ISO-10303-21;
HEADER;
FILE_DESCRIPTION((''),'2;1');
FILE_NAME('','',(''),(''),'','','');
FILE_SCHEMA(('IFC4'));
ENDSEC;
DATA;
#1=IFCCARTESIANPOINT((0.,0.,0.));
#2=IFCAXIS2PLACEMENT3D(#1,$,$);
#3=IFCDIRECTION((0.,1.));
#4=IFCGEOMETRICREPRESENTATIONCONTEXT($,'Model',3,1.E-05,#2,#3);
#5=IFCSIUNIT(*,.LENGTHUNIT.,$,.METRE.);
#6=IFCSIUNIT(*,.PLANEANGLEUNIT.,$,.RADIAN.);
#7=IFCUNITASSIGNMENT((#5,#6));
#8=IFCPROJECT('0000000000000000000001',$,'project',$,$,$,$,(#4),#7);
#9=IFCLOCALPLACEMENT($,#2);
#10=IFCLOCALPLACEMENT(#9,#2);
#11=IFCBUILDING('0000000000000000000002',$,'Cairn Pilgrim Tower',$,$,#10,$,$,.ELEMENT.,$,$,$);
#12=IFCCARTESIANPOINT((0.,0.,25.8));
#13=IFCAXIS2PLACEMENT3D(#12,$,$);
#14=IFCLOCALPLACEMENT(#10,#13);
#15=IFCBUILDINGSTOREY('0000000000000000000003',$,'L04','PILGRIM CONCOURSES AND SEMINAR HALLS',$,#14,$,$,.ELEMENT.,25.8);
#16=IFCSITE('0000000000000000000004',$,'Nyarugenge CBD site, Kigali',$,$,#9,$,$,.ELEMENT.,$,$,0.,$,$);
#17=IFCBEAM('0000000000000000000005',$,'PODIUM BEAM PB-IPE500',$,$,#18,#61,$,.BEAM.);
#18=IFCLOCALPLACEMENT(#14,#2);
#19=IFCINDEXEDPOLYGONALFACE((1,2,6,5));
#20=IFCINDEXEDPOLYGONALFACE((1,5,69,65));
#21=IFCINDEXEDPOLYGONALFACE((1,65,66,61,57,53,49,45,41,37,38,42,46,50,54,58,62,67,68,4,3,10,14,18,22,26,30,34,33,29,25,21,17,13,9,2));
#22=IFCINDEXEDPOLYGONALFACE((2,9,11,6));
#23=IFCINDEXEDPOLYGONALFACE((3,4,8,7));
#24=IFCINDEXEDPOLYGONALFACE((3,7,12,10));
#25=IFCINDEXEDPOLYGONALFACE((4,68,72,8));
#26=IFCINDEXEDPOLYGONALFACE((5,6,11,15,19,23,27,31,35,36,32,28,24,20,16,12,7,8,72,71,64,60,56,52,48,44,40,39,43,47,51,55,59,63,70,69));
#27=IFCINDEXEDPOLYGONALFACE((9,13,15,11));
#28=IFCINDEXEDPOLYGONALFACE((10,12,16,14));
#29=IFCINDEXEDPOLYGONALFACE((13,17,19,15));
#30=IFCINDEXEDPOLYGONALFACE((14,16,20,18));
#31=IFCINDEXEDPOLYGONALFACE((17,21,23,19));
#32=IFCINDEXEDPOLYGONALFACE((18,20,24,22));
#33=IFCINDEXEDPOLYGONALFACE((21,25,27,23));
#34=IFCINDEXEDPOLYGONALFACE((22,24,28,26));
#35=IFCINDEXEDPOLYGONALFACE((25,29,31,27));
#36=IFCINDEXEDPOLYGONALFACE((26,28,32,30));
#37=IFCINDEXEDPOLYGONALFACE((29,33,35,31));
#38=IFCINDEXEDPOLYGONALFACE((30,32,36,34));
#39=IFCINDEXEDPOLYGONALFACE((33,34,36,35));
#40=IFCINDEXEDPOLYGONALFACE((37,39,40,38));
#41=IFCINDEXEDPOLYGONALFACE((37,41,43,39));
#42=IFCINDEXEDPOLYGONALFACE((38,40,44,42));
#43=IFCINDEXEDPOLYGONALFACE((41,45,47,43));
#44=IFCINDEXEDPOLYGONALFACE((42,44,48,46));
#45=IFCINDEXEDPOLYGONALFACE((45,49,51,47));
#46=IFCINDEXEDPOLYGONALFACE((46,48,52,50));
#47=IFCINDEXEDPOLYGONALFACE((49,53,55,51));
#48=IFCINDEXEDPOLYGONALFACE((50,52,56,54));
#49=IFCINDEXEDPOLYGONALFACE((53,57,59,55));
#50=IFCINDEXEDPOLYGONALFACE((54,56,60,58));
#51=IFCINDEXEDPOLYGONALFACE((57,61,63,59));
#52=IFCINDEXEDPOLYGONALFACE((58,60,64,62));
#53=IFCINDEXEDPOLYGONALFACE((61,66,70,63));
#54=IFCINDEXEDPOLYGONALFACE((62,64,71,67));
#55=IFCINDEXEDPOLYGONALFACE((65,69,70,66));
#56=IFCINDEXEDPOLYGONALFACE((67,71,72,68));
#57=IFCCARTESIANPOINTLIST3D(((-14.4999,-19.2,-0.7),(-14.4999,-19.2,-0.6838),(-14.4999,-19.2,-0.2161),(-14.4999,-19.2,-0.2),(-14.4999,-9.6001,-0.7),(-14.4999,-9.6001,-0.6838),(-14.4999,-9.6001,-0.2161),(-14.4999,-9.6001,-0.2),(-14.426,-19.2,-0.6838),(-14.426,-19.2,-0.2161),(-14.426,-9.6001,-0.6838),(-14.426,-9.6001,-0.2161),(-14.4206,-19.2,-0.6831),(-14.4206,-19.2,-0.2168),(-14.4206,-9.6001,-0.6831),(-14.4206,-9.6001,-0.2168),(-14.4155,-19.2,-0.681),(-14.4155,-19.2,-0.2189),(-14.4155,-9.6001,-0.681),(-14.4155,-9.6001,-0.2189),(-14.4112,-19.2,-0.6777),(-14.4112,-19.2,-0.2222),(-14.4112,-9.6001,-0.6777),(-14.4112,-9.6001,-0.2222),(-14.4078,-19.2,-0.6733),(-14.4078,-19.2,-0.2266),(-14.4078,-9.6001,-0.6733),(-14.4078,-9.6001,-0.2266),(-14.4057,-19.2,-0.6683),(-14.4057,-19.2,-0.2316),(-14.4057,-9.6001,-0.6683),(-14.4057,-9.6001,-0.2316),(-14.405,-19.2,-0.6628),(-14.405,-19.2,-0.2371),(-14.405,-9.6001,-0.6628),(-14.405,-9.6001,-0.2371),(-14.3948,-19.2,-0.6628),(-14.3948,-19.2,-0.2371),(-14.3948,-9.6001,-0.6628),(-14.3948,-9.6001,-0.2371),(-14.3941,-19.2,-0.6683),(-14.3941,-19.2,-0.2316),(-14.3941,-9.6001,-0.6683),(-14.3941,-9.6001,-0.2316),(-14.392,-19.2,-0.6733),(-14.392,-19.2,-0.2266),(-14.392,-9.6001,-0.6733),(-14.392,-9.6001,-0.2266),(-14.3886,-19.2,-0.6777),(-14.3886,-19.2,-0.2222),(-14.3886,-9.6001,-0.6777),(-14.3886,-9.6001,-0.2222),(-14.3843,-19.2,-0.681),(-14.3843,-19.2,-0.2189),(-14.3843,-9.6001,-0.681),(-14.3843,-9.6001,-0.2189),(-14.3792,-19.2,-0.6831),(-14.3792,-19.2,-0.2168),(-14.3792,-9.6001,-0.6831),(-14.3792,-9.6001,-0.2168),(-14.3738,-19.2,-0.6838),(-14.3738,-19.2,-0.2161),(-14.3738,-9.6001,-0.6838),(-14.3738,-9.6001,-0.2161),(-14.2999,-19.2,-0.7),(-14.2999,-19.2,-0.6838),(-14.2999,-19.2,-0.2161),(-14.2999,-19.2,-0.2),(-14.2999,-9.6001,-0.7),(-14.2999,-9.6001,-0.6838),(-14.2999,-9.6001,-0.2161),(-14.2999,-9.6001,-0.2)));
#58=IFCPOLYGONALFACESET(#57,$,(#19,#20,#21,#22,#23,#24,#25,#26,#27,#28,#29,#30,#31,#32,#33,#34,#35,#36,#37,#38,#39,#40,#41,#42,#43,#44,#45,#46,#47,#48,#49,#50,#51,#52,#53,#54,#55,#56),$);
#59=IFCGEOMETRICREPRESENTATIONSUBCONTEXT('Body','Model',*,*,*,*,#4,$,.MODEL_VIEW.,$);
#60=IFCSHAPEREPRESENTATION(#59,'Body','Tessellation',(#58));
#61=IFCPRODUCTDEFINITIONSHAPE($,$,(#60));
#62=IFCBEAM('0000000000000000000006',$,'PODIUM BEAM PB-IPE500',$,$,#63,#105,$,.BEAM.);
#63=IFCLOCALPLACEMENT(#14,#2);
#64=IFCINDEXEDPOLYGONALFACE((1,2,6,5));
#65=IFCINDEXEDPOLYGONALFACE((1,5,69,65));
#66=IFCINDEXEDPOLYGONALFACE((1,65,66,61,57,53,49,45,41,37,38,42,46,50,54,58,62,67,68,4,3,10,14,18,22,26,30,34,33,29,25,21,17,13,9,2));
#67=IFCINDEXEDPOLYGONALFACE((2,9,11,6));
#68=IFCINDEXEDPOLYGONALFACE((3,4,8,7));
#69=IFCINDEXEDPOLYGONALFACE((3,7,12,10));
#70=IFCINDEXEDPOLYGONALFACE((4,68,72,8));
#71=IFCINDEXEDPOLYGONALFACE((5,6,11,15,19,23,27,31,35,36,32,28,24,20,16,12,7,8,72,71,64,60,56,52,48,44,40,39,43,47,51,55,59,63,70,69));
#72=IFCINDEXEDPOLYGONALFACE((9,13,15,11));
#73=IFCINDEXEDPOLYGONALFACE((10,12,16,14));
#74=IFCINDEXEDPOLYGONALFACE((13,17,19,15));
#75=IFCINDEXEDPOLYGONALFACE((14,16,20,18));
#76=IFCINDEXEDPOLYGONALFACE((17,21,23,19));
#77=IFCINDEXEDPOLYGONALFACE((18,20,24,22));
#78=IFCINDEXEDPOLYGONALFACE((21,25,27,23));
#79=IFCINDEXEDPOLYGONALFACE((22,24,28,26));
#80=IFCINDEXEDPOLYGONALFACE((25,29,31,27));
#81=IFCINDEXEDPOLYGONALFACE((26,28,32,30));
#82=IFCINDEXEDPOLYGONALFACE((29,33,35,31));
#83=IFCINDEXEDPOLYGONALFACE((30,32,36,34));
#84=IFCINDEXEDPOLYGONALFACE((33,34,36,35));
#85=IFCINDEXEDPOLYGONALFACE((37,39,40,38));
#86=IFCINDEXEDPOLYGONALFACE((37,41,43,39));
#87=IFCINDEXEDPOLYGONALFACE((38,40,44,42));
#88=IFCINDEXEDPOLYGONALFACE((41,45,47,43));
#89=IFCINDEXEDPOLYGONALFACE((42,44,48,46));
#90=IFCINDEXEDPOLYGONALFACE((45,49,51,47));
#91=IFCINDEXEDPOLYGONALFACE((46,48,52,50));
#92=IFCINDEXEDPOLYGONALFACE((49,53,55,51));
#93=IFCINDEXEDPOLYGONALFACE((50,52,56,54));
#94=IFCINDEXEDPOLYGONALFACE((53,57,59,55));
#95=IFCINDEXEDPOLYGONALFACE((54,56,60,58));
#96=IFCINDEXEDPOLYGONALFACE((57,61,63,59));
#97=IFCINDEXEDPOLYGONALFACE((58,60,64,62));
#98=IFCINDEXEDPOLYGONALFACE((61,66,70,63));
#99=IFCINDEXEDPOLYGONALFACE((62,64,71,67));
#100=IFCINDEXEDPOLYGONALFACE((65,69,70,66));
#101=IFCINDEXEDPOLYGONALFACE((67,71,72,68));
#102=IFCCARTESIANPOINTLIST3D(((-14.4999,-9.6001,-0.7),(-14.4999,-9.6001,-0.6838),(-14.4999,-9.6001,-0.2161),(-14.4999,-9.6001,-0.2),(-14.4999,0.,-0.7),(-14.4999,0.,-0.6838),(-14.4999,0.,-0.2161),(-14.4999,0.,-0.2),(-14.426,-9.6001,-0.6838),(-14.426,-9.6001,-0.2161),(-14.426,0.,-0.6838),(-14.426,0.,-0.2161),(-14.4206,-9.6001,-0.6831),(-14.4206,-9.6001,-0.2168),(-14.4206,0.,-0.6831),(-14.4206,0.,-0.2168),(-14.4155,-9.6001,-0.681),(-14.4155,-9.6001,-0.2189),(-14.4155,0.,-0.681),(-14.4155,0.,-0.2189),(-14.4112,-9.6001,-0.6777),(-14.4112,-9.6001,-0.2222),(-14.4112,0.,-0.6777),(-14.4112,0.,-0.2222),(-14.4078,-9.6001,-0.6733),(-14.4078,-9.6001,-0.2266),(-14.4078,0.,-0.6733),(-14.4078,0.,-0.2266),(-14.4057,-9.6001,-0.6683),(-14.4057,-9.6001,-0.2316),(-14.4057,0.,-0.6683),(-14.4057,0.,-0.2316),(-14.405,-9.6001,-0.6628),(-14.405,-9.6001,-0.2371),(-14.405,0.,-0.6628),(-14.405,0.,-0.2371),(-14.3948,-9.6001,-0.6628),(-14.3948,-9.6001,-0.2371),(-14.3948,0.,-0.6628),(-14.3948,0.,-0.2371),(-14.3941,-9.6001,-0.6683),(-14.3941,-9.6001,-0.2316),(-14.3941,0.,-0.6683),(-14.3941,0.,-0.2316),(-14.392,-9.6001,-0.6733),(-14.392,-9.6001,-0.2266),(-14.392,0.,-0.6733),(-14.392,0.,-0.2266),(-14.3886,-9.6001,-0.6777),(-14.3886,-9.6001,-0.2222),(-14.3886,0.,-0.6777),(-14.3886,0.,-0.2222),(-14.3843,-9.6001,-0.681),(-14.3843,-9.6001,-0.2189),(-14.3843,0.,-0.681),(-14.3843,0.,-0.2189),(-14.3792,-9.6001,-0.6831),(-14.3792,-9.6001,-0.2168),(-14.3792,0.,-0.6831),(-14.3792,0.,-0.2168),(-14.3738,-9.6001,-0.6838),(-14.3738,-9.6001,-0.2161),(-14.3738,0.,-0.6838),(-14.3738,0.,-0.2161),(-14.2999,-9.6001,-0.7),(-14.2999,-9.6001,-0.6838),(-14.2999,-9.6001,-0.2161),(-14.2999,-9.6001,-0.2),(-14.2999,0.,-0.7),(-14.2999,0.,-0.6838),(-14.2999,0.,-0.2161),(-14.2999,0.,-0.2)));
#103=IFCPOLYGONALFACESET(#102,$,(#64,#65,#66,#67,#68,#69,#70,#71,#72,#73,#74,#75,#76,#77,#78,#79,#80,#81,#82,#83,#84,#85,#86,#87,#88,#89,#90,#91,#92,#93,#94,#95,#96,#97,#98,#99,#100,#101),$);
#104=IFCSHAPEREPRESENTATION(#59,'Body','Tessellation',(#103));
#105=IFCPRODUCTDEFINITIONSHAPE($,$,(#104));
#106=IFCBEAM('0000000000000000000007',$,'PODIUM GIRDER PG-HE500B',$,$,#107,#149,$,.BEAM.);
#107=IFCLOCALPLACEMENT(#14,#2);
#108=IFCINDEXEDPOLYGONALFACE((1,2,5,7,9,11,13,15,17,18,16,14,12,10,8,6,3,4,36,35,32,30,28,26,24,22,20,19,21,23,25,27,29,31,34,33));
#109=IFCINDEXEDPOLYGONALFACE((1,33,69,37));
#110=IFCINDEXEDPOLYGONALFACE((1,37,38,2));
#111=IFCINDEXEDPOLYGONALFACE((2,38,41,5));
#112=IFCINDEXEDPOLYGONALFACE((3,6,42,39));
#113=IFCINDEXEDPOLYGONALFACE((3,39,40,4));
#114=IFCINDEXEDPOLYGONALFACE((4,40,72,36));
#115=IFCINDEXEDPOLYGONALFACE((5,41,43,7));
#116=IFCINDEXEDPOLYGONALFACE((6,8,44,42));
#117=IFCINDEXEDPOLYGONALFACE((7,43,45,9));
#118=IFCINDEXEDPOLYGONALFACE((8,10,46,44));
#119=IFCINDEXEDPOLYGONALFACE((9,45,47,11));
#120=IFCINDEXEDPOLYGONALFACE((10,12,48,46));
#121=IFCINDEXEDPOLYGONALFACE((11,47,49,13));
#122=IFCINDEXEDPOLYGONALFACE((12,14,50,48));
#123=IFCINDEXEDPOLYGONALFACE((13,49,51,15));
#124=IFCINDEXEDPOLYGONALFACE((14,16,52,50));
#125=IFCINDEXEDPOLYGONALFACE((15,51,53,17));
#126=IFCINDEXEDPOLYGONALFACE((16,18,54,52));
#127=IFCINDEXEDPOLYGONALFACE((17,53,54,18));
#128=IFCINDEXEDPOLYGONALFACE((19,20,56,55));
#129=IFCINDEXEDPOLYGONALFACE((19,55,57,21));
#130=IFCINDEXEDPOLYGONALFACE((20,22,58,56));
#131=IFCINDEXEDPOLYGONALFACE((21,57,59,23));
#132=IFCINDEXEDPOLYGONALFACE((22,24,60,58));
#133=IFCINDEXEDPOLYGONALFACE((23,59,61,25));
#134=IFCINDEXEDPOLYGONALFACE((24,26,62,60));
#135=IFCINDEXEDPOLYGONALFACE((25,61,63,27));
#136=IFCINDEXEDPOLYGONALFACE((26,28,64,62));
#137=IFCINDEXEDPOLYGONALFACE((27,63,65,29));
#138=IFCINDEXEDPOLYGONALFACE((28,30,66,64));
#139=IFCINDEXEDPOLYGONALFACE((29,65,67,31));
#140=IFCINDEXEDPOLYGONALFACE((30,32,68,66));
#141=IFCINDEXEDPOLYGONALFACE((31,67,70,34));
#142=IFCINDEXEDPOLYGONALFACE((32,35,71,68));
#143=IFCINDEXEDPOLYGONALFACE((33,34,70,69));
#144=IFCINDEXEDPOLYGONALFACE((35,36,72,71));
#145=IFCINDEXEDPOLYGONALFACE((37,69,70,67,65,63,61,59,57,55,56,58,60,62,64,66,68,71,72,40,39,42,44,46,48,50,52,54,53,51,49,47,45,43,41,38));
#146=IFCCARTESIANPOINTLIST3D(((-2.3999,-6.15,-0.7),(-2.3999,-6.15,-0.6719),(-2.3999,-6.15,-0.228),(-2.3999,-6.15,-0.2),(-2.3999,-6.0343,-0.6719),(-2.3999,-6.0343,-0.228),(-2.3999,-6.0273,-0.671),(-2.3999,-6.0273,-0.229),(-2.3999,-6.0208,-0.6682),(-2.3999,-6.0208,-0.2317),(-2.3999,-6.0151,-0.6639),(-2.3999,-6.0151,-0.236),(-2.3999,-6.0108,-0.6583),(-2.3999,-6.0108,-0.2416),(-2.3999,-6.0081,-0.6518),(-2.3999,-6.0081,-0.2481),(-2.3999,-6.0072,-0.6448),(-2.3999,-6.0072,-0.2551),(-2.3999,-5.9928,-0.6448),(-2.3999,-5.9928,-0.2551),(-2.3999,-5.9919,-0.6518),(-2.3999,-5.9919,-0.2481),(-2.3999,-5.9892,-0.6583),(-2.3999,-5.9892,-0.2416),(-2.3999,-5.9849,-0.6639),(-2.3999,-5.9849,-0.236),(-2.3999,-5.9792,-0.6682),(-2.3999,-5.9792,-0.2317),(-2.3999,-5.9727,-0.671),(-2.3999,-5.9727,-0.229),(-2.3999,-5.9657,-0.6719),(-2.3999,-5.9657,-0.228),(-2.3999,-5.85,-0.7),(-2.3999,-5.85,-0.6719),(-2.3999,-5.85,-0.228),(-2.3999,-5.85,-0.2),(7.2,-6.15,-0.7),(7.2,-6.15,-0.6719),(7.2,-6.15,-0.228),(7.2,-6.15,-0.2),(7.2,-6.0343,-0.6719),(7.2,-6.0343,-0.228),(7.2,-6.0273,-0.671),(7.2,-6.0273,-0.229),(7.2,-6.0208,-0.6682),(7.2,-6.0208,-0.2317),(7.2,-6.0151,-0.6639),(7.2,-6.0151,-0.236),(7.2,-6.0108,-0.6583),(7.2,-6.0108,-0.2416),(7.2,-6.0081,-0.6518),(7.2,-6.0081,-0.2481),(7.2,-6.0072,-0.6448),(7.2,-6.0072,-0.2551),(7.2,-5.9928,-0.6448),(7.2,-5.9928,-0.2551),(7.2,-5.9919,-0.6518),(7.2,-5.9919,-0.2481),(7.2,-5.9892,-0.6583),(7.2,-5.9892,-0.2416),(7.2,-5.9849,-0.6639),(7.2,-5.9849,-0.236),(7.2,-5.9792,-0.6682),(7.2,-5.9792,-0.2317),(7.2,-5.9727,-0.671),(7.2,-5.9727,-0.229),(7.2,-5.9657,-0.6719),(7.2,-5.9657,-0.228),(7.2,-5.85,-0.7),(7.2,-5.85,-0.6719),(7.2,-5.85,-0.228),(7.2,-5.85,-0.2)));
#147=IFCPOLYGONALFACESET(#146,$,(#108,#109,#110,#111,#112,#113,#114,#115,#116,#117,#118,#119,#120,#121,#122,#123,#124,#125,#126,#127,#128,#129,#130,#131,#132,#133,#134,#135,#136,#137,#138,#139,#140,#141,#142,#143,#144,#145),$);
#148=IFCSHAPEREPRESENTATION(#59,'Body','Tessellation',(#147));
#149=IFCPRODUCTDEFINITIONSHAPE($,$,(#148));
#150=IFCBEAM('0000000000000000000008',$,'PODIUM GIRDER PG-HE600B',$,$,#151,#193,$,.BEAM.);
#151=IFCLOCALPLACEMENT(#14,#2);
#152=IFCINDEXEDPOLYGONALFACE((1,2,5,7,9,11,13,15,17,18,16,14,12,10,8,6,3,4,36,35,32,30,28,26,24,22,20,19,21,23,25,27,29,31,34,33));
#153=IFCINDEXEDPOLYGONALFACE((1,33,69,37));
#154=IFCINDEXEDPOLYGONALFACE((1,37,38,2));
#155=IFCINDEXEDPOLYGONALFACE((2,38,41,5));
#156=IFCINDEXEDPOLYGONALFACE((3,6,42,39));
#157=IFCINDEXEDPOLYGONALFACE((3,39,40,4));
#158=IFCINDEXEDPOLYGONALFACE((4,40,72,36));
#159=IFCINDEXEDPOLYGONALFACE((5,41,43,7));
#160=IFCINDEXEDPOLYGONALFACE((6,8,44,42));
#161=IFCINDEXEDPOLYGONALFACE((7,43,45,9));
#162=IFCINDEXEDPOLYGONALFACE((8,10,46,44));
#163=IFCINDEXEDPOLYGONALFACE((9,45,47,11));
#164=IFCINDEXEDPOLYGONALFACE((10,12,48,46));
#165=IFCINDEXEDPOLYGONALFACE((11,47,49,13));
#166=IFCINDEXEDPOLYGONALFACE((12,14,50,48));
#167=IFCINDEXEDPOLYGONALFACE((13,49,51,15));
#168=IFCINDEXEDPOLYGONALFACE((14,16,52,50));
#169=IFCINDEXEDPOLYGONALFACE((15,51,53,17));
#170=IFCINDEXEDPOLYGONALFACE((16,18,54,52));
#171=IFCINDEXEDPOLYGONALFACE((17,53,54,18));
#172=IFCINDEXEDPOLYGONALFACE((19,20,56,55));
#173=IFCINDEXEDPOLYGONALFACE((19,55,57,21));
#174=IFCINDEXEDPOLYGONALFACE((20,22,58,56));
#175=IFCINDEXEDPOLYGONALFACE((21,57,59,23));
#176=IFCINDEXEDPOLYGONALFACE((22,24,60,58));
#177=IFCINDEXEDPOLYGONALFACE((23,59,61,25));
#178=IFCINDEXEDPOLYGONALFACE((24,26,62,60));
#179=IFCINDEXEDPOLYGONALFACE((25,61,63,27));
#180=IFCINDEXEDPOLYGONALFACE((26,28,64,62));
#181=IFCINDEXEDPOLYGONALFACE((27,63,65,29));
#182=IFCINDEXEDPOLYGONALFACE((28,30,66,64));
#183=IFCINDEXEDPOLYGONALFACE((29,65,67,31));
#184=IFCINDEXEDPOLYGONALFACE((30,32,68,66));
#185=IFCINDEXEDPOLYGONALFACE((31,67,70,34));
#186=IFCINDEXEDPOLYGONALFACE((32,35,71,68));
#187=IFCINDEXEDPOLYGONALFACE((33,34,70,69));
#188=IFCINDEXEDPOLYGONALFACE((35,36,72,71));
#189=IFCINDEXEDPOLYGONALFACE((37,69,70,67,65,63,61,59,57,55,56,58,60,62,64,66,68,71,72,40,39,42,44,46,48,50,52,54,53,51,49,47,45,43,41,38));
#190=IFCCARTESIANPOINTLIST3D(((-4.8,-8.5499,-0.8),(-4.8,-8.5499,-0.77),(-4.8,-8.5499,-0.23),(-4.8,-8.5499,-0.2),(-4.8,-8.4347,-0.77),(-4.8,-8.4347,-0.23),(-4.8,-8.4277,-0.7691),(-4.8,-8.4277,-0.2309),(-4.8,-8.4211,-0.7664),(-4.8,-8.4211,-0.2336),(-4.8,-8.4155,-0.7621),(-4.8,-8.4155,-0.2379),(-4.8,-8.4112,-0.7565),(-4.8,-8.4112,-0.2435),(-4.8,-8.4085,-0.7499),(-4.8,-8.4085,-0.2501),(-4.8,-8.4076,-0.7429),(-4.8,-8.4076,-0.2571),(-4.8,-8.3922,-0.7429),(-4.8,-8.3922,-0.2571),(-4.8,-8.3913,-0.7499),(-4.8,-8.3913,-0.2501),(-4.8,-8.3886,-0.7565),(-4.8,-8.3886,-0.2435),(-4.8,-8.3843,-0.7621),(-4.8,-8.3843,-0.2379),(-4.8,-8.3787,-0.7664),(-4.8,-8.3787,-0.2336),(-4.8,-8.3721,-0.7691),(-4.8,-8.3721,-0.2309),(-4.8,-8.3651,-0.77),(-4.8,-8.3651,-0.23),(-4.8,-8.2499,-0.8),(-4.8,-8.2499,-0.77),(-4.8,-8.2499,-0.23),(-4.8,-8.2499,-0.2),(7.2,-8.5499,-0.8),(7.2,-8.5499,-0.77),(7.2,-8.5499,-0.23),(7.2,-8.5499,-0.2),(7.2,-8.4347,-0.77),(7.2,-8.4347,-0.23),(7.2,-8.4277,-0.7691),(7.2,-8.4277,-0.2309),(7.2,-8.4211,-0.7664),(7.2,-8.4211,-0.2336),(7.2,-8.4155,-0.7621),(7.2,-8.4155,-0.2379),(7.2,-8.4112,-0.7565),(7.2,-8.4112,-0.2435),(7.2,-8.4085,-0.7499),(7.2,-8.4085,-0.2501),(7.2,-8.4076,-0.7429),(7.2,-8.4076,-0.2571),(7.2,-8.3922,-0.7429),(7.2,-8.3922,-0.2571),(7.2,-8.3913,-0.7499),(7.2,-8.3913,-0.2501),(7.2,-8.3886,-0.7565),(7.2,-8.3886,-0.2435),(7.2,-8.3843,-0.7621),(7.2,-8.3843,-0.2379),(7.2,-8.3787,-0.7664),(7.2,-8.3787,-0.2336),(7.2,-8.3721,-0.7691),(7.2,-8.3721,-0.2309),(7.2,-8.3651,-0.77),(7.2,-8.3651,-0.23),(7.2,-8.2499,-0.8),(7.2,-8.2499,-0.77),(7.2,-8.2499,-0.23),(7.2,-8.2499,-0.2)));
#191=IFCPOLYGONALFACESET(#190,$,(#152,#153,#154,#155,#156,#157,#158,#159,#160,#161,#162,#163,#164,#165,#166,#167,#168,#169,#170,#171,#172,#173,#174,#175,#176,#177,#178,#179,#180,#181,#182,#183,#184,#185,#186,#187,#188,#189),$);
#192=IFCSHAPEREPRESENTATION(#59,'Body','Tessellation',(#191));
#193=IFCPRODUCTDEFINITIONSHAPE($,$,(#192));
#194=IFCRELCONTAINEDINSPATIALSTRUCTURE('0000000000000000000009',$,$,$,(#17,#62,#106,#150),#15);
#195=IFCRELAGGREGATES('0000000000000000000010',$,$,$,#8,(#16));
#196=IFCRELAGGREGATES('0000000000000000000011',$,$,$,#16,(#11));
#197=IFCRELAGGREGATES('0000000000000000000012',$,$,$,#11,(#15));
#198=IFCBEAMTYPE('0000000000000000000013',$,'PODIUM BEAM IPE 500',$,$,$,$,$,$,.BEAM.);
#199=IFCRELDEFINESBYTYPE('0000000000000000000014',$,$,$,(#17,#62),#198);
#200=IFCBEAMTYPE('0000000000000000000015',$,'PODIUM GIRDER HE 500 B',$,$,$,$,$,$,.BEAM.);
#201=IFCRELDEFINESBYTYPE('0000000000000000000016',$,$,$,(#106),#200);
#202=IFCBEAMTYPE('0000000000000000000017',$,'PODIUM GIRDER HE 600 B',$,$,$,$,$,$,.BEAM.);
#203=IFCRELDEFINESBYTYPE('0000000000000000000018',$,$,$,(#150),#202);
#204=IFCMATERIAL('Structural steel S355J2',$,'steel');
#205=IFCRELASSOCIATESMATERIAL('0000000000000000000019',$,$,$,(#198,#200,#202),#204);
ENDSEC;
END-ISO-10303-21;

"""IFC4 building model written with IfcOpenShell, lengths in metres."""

from ifc_helpers import new_model, si_unit, direction, frame, origin, origin_2d, place, context, subcontext, project, spatial, i_section, extrude, material, material_profile, profile_set, type_object, element, save


model = new_model("IFC4")

# Units and contexts
model_context = context("Model", 3, precision=1e-05, world=origin(), true_north=direction((0.0, 1.0)))
body_context = subcontext(model_context, "Body", "Model", "MODEL_VIEW")
ifc_project = project(units=[si_unit("LENGTHUNIT", "METRE"), si_unit("PLANEANGLEUNIT", "RADIAN")], contexts=[model_context])

# Site, building, storey
site_placement = place(None, origin())
site = spatial("IfcSite", under=ifc_project, at=site_placement, Name="Nyarugenge CBD site, Kigali", CompositionType="ELEMENT", RefElevation=0.0)
building_placement = place(site_placement, origin())
building = spatial("IfcBuilding", under=site, at=building_placement, Name="Cairn Pilgrim Tower", CompositionType="ELEMENT")
storey_placement = place(building_placement, frame((0.0, 0.0, 25.8)))
storey = spatial("IfcBuildingStorey", under=building, at=storey_placement, Name="L04", Description="PILGRIM CONCOURSES AND SEMINAR HALLS", CompositionType="ELEMENT", Elevation=25.8)

# Beams
ifc_material_1 = material(Name="Structural steel S355J2", Category="steel")
ifc_material_profile_1 = material_profile(ifc_material_1, i_section(OverallWidth=0.2, OverallDepth=0.5, WebThickness=0.0103, FlangeThickness=0.0161, FilletRadius=0.021, at=origin_2d()), Name="IPE 500")
ifc_profile_set_1 = profile_set([ifc_material_profile_1], Name="Structural steel S355J2")
beam_type_1 = type_object("IfcBeamType", Name="PODIUM BEAM IPE 500", PredefinedType="BEAM", material=ifc_profile_set_1)
beam_1_placement = place(storey_placement, frame((-14.3999, -19.2, -0.45), z_axis=(0.0, 1.0, 0.0), x_axis=(-1.0, 0.0, 0.0)))
element("IfcBeam", 1, at=beam_1_placement, inside=storey, type_object=beam_type_1, Name="PODIUM BEAM PB-IPE500", PredefinedType="BEAM", context=body_context, shape_type="SweptSolid", body=[
    extrude(i_section(OverallWidth=0.2, OverallDepth=0.5, WebThickness=0.0103, FlangeThickness=0.0161, FilletRadius=0.021, at=origin_2d()), origin(), (0.0, 0.0, 1.0), 9.5999),
])
beam_2_placement = place(storey_placement, frame((-14.3999, -9.6001, -0.45), z_axis=(0.0, 1.0, 0.0), x_axis=(-1.0, 0.0, 0.0)))
element("IfcBeam", 2, at=beam_2_placement, inside=storey, type_object=beam_type_1, Name="PODIUM BEAM PB-IPE500", PredefinedType="BEAM", context=body_context, shape_type="SweptSolid", body=[
    extrude(i_section(OverallWidth=0.2, OverallDepth=0.5, WebThickness=0.0103, FlangeThickness=0.0161, FilletRadius=0.021, at=origin_2d()), origin(), (0.0, 0.0, 1.0), 9.6001),
])
ifc_material_profile_2 = material_profile(ifc_material_1, i_section(OverallWidth=0.3, OverallDepth=0.5, WebThickness=0.0144, FlangeThickness=0.0281, FilletRadius=0.0271, at=origin_2d()), Name="HEB 500")
ifc_profile_set_2 = profile_set([ifc_material_profile_2], Name="Structural steel S355J2")
beam_type_2 = type_object("IfcBeamType", Name="PODIUM GIRDER HE 500 B", PredefinedType="BEAM", material=ifc_profile_set_2)
beam_3_placement = place(storey_placement, frame((-2.3999, -6.0, -0.45), z_axis=(1.0, 0.0, 0.0), x_axis=(0.0, 1.0, 0.0)))
element("IfcBeam", 3, at=beam_3_placement, inside=storey, type_object=beam_type_2, Name="PODIUM GIRDER PG-HE500B", PredefinedType="BEAM", context=body_context, shape_type="SweptSolid", body=[
    extrude(i_section(OverallWidth=0.3, OverallDepth=0.5, WebThickness=0.0144, FlangeThickness=0.0281, FilletRadius=0.0271, at=origin_2d()), origin(), (0.0, 0.0, 1.0), 9.5999),
])
ifc_material_profile_3 = material_profile(ifc_material_1, i_section(OverallWidth=0.3, OverallDepth=0.6001, WebThickness=0.0154, FlangeThickness=0.03, FilletRadius=0.0271, at=origin_2d()), Name="HEB 600")
ifc_profile_set_3 = profile_set([ifc_material_profile_3], Name="Structural steel S355J2")
beam_type_3 = type_object("IfcBeamType", Name="PODIUM GIRDER HE 600 B", PredefinedType="BEAM", material=ifc_profile_set_3)
beam_4_placement = place(storey_placement, frame((-4.8, -8.3999, -0.5), z_axis=(1.0, 0.0, 0.0), x_axis=(0.0, 1.0, 0.0)))
element("IfcBeam", 4, at=beam_4_placement, inside=storey, type_object=beam_type_3, Name="PODIUM GIRDER PG-HE600B", PredefinedType="BEAM", context=body_context, shape_type="SweptSolid", body=[
    extrude(i_section(OverallWidth=0.3, OverallDepth=0.6001, WebThickness=0.0154, FlangeThickness=0.03, FilletRadius=0.0271, at=origin_2d()), origin(), (0.0, 0.0, 1.0), 12.0),
])

save(model, "model.ifc")
